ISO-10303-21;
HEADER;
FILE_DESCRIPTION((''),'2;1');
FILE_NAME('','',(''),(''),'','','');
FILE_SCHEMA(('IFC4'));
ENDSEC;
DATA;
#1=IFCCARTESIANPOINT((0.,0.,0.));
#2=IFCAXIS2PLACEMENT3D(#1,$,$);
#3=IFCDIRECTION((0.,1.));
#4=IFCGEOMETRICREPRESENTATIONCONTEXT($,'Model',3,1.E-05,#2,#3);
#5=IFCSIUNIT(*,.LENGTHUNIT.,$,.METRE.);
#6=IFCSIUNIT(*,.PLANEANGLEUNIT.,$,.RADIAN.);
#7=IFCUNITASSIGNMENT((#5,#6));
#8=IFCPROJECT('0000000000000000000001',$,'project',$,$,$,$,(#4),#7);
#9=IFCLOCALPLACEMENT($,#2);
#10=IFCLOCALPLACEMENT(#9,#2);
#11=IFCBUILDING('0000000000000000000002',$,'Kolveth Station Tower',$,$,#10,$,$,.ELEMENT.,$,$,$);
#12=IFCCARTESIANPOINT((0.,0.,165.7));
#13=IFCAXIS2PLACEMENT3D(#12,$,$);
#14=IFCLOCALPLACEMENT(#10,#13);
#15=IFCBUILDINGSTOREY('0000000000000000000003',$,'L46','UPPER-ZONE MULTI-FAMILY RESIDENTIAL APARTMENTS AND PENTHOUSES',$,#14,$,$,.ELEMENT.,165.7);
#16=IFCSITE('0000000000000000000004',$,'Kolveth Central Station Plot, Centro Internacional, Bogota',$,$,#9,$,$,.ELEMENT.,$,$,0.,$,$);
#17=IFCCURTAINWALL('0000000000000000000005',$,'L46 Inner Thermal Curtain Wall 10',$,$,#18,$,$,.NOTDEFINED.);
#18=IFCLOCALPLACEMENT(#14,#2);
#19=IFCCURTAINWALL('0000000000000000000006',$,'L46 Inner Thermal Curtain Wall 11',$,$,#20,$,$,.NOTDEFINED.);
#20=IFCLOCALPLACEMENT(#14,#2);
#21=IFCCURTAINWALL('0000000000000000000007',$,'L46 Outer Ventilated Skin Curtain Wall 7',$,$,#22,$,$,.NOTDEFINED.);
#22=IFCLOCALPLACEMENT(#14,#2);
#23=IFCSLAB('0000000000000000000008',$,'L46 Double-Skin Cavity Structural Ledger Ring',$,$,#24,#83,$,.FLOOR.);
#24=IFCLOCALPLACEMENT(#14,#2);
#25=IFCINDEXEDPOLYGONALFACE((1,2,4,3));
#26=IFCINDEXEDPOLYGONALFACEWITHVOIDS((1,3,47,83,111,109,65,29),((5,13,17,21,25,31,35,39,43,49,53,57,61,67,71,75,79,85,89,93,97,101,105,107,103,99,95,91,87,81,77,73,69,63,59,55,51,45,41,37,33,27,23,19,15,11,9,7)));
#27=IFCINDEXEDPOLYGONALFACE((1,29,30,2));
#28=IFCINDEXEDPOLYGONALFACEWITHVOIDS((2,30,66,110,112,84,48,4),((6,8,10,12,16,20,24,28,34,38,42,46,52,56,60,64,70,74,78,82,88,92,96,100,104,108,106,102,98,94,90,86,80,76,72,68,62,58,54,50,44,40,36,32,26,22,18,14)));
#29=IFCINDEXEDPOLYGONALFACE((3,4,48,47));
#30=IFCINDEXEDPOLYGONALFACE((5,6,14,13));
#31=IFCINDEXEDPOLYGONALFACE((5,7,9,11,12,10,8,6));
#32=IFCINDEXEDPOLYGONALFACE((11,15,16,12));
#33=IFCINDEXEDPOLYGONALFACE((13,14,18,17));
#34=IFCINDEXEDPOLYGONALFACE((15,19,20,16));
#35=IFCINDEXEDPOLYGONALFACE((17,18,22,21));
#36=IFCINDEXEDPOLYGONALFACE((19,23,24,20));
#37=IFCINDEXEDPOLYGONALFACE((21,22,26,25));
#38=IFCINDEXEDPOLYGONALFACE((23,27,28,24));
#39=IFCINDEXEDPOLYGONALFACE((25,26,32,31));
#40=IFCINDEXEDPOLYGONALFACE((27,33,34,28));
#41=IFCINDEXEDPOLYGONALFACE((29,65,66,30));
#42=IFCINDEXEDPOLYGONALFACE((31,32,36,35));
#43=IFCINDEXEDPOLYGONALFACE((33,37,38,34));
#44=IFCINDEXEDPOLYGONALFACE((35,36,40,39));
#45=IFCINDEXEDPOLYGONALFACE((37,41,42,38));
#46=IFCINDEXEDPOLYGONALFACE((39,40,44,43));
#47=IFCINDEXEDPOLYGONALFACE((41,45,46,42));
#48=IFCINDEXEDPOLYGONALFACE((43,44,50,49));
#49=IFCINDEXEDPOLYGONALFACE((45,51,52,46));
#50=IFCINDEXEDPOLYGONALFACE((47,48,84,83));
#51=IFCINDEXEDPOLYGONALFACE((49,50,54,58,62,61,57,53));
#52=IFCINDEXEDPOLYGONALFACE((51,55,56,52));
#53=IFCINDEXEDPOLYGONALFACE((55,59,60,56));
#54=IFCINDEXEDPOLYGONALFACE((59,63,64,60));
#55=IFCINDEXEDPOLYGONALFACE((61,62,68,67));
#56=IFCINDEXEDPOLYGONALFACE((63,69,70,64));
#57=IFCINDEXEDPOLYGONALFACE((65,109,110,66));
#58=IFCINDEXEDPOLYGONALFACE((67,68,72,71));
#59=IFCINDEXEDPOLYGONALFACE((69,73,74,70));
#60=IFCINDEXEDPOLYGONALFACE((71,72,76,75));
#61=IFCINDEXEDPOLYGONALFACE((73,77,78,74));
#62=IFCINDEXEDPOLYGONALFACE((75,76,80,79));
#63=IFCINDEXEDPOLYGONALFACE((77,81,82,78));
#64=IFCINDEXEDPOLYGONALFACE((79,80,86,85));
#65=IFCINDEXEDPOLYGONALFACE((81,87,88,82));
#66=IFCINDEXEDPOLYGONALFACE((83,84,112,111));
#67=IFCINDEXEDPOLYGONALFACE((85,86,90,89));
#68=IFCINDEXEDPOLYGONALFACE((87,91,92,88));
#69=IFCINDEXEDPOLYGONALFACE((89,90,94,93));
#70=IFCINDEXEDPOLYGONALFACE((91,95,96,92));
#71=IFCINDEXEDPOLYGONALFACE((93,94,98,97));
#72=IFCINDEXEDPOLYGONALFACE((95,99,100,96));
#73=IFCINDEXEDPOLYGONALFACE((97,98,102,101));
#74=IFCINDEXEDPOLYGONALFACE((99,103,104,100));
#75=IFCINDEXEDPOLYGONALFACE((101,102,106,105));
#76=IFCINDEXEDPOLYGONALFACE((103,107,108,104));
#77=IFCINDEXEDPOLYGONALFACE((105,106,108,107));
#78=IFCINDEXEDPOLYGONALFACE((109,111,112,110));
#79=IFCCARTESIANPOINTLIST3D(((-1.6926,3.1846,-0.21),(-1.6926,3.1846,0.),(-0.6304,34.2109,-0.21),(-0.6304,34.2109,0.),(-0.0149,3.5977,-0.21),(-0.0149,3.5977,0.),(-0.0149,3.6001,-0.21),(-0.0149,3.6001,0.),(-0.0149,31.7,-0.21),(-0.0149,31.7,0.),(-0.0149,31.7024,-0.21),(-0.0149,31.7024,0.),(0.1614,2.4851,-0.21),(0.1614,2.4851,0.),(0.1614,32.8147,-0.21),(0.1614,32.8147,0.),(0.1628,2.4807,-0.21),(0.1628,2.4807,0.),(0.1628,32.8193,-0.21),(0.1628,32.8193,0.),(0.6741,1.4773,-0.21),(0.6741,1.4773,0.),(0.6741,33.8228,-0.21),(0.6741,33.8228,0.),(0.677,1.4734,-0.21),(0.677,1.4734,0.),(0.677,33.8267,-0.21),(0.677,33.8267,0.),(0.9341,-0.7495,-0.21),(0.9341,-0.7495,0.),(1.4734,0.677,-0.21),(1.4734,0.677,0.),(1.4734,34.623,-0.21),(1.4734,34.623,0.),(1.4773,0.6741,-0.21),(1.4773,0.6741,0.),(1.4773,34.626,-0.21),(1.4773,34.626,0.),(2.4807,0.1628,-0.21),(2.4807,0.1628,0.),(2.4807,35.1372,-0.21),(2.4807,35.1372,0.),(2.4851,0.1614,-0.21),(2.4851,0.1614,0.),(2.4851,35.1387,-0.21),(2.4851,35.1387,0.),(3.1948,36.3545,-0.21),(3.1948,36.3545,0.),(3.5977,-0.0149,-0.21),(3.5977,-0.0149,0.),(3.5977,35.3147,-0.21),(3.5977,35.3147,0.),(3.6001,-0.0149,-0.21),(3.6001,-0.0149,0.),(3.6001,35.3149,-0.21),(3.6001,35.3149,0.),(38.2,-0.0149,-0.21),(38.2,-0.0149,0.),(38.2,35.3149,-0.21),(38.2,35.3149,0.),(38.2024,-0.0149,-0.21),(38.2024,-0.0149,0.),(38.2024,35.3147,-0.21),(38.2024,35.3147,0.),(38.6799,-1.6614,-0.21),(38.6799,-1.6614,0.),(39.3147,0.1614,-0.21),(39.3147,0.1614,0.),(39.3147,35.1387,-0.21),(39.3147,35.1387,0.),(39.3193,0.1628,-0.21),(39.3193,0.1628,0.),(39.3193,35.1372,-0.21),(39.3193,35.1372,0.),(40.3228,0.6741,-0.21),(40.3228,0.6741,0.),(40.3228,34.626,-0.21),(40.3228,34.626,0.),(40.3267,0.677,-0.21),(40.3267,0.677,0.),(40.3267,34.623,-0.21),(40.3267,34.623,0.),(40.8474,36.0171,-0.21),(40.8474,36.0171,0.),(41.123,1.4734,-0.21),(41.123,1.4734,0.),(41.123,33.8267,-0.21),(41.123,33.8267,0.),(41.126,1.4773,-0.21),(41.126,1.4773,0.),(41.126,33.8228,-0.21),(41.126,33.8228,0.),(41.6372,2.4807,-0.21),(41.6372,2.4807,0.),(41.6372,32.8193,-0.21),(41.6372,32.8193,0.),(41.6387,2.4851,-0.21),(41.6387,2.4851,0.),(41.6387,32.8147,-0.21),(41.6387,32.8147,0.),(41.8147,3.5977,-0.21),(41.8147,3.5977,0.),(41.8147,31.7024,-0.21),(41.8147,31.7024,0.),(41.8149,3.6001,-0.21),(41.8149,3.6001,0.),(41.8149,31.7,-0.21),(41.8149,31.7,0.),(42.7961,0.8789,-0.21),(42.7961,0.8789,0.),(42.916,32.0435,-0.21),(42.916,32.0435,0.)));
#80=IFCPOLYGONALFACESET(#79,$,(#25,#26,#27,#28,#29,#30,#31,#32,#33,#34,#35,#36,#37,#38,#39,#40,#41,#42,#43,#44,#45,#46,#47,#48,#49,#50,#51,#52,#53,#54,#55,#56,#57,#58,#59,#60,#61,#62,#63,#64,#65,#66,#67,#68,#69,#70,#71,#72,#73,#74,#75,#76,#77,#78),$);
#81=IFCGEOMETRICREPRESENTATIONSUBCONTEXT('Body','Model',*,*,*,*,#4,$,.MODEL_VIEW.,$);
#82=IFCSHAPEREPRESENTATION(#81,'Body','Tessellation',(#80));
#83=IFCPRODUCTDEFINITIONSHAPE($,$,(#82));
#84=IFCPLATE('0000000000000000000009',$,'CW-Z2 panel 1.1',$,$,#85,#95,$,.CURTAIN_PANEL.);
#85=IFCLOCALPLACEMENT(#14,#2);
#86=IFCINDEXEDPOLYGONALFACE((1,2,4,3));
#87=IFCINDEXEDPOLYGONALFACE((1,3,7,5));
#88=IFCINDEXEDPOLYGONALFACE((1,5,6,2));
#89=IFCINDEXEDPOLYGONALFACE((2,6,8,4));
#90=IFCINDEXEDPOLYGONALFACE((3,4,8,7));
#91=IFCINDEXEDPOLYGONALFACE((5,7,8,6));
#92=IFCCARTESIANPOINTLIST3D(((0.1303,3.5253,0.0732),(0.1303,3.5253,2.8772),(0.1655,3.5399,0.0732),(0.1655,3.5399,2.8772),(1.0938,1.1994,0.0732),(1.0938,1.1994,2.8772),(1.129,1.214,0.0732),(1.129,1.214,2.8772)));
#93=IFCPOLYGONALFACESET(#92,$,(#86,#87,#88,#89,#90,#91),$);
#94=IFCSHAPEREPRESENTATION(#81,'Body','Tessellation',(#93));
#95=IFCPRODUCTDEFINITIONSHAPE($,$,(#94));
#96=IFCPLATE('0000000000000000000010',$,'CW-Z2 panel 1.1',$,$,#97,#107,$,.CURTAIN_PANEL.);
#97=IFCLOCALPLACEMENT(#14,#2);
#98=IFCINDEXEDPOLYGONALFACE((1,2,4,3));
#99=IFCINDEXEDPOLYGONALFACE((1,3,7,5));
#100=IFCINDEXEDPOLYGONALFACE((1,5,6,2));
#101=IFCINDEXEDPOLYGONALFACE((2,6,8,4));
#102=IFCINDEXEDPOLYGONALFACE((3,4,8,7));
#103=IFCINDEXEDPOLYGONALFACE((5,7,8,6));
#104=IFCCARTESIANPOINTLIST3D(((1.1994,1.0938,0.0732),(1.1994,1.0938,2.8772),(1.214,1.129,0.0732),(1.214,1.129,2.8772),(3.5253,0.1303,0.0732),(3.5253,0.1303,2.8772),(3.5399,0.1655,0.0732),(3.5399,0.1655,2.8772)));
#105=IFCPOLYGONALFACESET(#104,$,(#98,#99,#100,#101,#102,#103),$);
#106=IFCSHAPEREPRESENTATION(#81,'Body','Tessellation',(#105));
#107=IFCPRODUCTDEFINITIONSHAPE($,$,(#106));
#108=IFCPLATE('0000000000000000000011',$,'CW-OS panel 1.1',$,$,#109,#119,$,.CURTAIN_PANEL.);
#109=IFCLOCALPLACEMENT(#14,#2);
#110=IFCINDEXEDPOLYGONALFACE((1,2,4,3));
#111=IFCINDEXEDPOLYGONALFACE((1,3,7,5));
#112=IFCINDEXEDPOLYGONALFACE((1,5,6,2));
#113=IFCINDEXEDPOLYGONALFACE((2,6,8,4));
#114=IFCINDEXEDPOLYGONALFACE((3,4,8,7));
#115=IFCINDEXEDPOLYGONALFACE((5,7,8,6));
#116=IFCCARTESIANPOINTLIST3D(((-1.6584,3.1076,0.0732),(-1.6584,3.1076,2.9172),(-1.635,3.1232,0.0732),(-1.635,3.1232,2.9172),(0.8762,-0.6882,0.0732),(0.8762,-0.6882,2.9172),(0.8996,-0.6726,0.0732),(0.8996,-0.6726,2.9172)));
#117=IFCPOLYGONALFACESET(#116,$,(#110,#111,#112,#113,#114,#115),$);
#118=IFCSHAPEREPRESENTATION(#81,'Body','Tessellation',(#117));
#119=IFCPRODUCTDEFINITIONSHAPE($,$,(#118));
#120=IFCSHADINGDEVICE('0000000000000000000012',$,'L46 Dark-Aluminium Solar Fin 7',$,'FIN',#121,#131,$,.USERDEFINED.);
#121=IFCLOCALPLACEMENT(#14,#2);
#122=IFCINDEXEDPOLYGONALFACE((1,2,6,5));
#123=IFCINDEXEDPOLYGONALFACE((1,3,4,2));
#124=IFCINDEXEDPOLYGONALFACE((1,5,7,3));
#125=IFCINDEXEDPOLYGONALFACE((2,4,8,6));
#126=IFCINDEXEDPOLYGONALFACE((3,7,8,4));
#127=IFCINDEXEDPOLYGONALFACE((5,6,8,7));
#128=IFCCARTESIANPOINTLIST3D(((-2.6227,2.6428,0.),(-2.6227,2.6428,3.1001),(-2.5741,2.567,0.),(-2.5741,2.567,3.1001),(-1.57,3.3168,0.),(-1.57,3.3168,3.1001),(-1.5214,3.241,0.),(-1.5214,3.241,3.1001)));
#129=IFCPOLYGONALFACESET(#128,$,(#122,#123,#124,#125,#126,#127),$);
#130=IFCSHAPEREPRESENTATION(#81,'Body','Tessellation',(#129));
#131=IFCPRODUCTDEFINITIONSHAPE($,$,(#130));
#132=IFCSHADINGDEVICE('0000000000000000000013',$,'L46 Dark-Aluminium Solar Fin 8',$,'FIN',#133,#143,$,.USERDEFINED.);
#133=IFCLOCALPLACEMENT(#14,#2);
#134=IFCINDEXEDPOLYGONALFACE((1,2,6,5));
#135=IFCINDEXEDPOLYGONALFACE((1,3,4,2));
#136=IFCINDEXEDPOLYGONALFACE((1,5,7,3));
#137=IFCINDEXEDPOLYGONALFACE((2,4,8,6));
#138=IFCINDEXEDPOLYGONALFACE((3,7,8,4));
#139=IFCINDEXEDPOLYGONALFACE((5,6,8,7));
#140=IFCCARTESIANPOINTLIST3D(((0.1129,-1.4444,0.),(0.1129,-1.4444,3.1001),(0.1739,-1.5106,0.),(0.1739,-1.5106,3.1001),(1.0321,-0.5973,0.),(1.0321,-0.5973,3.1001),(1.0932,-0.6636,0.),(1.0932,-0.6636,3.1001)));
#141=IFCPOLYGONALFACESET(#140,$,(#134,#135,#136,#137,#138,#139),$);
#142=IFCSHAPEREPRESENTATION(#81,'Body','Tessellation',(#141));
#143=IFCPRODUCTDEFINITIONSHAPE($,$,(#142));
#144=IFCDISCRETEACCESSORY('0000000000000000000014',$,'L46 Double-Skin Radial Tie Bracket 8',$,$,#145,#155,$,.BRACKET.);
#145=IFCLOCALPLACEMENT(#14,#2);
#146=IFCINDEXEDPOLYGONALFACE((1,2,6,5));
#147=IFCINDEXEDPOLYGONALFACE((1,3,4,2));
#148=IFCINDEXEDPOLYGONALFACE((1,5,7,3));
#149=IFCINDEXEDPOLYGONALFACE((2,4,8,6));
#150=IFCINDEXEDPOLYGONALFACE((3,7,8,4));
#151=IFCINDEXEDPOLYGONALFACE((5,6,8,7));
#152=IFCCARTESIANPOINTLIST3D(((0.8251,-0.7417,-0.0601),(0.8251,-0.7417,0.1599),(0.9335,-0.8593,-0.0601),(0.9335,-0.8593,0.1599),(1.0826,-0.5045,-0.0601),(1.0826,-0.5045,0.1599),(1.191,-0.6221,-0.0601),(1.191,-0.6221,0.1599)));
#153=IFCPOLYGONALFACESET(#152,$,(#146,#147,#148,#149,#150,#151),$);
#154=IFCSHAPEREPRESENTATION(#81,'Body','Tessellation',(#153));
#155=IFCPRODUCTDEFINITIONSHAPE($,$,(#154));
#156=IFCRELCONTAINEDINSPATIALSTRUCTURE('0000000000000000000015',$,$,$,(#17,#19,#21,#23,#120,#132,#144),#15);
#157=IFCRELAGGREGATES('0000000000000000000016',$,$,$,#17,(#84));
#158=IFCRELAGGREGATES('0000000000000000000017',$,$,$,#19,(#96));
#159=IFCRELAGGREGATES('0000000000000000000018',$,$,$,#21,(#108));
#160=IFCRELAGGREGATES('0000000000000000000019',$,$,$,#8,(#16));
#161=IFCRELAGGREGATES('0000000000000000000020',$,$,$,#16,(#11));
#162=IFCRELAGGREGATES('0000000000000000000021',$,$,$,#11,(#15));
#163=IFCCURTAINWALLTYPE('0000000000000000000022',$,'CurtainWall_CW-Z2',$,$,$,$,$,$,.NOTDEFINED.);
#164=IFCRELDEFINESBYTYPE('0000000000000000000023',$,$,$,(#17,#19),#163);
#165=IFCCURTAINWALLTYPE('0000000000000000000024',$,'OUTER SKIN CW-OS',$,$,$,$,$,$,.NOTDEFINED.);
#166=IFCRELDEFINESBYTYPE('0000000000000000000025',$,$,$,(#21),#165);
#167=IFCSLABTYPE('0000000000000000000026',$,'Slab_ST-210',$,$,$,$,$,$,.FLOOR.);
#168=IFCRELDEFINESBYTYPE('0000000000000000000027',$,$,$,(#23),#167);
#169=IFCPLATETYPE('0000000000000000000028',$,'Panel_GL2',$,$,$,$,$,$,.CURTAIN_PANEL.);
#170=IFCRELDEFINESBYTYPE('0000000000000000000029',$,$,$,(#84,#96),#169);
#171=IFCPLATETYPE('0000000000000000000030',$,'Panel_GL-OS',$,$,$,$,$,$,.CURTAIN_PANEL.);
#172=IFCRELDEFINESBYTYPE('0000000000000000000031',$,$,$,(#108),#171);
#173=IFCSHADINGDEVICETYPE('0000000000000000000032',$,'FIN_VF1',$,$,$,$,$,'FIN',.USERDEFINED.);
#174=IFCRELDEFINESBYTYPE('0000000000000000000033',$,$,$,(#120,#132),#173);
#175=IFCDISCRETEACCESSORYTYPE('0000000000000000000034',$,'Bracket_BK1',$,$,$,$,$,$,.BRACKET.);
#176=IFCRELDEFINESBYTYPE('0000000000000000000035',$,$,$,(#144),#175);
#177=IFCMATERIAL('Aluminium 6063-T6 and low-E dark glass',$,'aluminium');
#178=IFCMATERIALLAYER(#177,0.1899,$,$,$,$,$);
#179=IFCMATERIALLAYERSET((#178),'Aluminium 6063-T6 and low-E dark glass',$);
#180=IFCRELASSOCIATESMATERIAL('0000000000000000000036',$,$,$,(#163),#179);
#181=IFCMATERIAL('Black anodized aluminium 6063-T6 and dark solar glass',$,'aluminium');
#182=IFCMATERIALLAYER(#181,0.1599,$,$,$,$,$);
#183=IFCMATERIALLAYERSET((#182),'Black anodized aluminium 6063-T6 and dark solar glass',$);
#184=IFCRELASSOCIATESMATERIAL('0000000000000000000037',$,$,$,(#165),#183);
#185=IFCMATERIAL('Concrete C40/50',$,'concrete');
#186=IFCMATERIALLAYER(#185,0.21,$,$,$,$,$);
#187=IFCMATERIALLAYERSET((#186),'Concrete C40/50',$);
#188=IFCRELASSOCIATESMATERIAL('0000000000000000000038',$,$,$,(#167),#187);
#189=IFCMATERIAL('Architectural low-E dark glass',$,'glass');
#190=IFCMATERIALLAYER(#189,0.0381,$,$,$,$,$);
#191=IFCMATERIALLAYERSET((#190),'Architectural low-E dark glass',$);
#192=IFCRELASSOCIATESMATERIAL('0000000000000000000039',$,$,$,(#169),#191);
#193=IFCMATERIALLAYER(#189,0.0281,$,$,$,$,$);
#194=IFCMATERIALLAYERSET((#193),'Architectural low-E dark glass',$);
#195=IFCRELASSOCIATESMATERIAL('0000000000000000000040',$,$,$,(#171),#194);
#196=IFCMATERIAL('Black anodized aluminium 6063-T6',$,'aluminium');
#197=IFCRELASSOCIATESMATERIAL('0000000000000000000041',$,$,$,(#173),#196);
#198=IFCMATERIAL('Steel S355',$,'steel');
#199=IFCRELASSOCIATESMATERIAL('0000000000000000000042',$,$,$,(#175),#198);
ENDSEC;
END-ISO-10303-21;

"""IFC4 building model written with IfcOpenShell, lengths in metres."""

from ifc_helpers import new_model, si_unit, direction, frame, origin, origin_2d, place, context, subcontext, project, spatial, polyline, rectangle, outline, extrude, source, transform, mapped, material, layer, layer_set, type_object, element, aggregate, save


model = new_model("IFC4")

# Units and contexts
model_context = context("Model", 3, precision=1e-05, world=origin(), true_north=direction((0.0, 1.0)))
body_context = subcontext(model_context, "Body", "Model", "MODEL_VIEW")
ifc_project = project(units=[si_unit("LENGTHUNIT", "METRE"), si_unit("PLANEANGLEUNIT", "RADIAN")], contexts=[model_context])

# Site, building, storey
site_placement = place(None, origin())
site = spatial("IfcSite", under=ifc_project, at=site_placement, Name="Kolveth Central Station Plot, Centro Internacional, Bogota", CompositionType="ELEMENT", RefElevation=0.0)
building_placement = place(site_placement, origin())
building = spatial("IfcBuilding", under=site, at=building_placement, Name="Kolveth Station Tower", CompositionType="ELEMENT")
storey_placement = place(building_placement, frame((0.0, 0.0, 165.7)))
storey = spatial("IfcBuildingStorey", under=building, at=storey_placement, Name="L46", Description="UPPER-ZONE MULTI-FAMILY RESIDENTIAL APARTMENTS AND PENTHOUSES", CompositionType="ELEMENT", Elevation=165.7)

# Curtain wall
ifc_material_1 = material(Name="Aluminium 6063-T6 and low-E dark glass", Category="aluminium")
ifc_layer_1 = layer(ifc_material_1, 0.1899)
ifc_layer_set_1 = layer_set([ifc_layer_1], Name="Aluminium 6063-T6 and low-E dark glass")
curtain_wall_type_1 = type_object("IfcCurtainWallType", Name="CurtainWall_CW-Z2", PredefinedType="NOTDEFINED", material=ifc_layer_set_1)
curtain_wall_1_placement = place(storey_placement, origin())
curtain_wall_1 = element("IfcCurtainWall", 1, at=curtain_wall_1_placement, inside=storey, type_object=curtain_wall_type_1, Name="L46 Inner Thermal Curtain Wall 10", PredefinedType="NOTDEFINED")
ifc_material_2 = material(Name="Black anodized aluminium 6063-T6", Category="aluminium")

# Curtain wall
curtain_wall_2_placement = place(storey_placement, origin())
curtain_wall_2 = element("IfcCurtainWall", 2, at=curtain_wall_2_placement, inside=storey, type_object=curtain_wall_type_1, Name="L46 Inner Thermal Curtain Wall 11", PredefinedType="NOTDEFINED")

# Curtain wall
ifc_material_3 = material(Name="Black anodized aluminium 6063-T6 and dark solar glass", Category="aluminium")
ifc_layer_2 = layer(ifc_material_3, 0.1599)
ifc_layer_set_2 = layer_set([ifc_layer_2], Name="Black anodized aluminium 6063-T6 and dark solar glass")
curtain_wall_type_2 = type_object("IfcCurtainWallType", Name="OUTER SKIN CW-OS", PredefinedType="NOTDEFINED", material=ifc_layer_set_2)
curtain_wall_3_placement = place(storey_placement, origin())
curtain_wall_3 = element("IfcCurtainWall", 3, at=curtain_wall_3_placement, inside=storey, type_object=curtain_wall_type_2, Name="L46 Outer Ventilated Skin Curtain Wall 7", PredefinedType="NOTDEFINED")

# Shared definitions
ifc_material_4 = material(Name="Concrete C40/50", Category="concrete")

# Slab
ifc_layer_3 = layer(ifc_material_4, 0.21)
ifc_layer_set_3 = layer_set([ifc_layer_3], Name="Concrete C40/50")
slab_type_1 = type_object("IfcSlabType", Name="Slab_ST-210", PredefinedType="FLOOR", material=ifc_layer_set_3)
slab_1_placement = place(storey_placement, frame((0.0, 0.0, -0.21)))
element("IfcSlab", 4, at=slab_1_placement, inside=storey, type_object=slab_type_1, Name="L46 Double-Skin Cavity Structural Ledger Ring", PredefinedType="FLOOR", context=body_context, shape_type="SweptSolid", body=[
    extrude(outline(polyline([(0.9341, -0.7495), (-1.6926, 3.1846), (-0.6304, 34.2109), (3.1948, 36.3545), (40.8474, 36.0171), (42.916, 32.0435), (42.7961, 0.8789), (38.6799, -1.6614), (0.9341, -0.7495)]), holes=[polyline([(38.2024, -0.0149), (39.3147, 0.1614), (39.3193, 0.1628), (40.3228, 0.6741), (40.3267, 0.677), (41.123, 1.4734), (41.126, 1.4773), (41.6372, 2.4807), (41.6387, 2.4851), (41.8147, 3.5977), (41.8149, 3.6001), (41.8149, 31.7), (41.8147, 31.7024), (41.6387, 32.8147), (41.6372, 32.8193), (41.126, 33.8228), (41.123, 33.8267), (40.3267, 34.623), (40.3228, 34.626), (39.3193, 35.1372), (39.3147, 35.1387), (38.2024, 35.3147), (38.2, 35.3149), (3.6001, 35.3149), (3.5977, 35.3147), (2.4851, 35.1387), (2.4807, 35.1372), (1.4773, 34.626), (1.4734, 34.623), (0.677, 33.8267), (0.6741, 33.8228), (0.1628, 32.8193), (0.1614, 32.8147), (-0.0149, 31.7024), (-0.0149, 31.7), (-0.0149, 3.6001), (-0.0149, 3.5977), (0.1614, 2.4851), (0.1628, 2.4807), (0.6741, 1.4773), (0.677, 1.4734), (1.4734, 0.677), (1.4773, 0.6741), (2.4807, 0.1628), (2.4851, 0.1614), (3.5977, -0.0149), (3.6001, -0.0149), (38.2, -0.0149), (38.2024, -0.0149)])]), origin(), (0.0, 0.0, 1.0), 0.21),
])

# Plates
ifc_material_5 = material(Name="Architectural low-E dark glass", Category="glass")
ifc_layer_4 = layer(ifc_material_5, 0.0381)
ifc_layer_set_4 = layer_set([ifc_layer_4], Name="Architectural low-E dark glass")
plate_type_1 = type_object("IfcPlateType", Name="Panel_GL2", PredefinedType="CURTAIN_PANEL", material=ifc_layer_set_4)
shared_shape_1 = source(origin(), body_context, "Body", "SweptSolid", [
    extrude(rectangle(XDim=2.5176, YDim=0.0381, at=origin_2d()), origin(), (0.0, 0.0, 1.0), 2.804),
])
plate_1_placement = place(storey_placement, frame((0.6296, 2.3696, 0.0732), z_axis=(0.0, 0.0, 1.0), x_axis=(0.382698, -0.923874, 0.0)))
plate_1 = element("IfcPlate", 5, at=plate_1_placement, type_object=plate_type_1, Name="CW-Z2 panel 1.1", PredefinedType="CURTAIN_PANEL", context=body_context, shape_type="MappedRepresentation", body=[
    mapped(shared_shape_1, transform((0.0, 0.0, 0.0), x_axis=(1.0, 0.0, 0.0), y_axis=(0.0, 1.0, 0.0), z_axis=(0.0, 0.0, 1.0), scale=1.0)),
])
aggregate(curtain_wall_1, [plate_1])
plate_2_placement = place(storey_placement, frame((2.3696, 0.6296, 0.0732), z_axis=(0.0, 0.0, 1.0), x_axis=(0.923874, -0.382698, 0.0)))
plate_2 = element("IfcPlate", 6, at=plate_2_placement, type_object=plate_type_1, Name="CW-Z2 panel 1.1", PredefinedType="CURTAIN_PANEL", context=body_context, shape_type="MappedRepresentation", body=[
    mapped(shared_shape_1, transform((0.0, 0.0, 0.0), x_axis=(1.0, 0.0, 0.0), y_axis=(0.0, 1.0, 0.0), z_axis=(0.0, 0.0, 1.0), scale=1.0)),
])
aggregate(curtain_wall_2, [plate_2])
ifc_layer_5 = layer(ifc_material_5, 0.0281)
ifc_layer_set_5 = layer_set([ifc_layer_5], Name="Architectural low-E dark glass")
plate_type_2 = type_object("IfcPlateType", Name="Panel_GL-OS", PredefinedType="CURTAIN_PANEL", material=ifc_layer_set_5)
shared_shape_2 = source(origin(), body_context, "Body", "SweptSolid", [
    extrude(rectangle(XDim=4.5642, YDim=0.0281, at=origin_2d()), origin(), (0.0, 0.0, 1.0), 2.844),
])
plate_3_placement = place(storey_placement, frame((-0.3794, 1.2175, 0.0732), z_axis=(0.0, 0.0, 1.0), x_axis=(0.555315, -0.83164, 0.0)))
plate_3 = element("IfcPlate", 7, at=plate_3_placement, type_object=plate_type_2, Name="CW-OS panel 1.1", PredefinedType="CURTAIN_PANEL", context=body_context, shape_type="MappedRepresentation", body=[
    mapped(shared_shape_2, transform((0.0, 0.0, 0.0), x_axis=(1.0, 0.0, 0.0), y_axis=(0.0, 1.0, 0.0), z_axis=(0.0, 0.0, 1.0), scale=1.0)),
])
aggregate(curtain_wall_3, [plate_3])

# Shading devices
shading_device_type = type_object("IfcShadingDeviceType", Name="FIN_VF1", ElementType="FIN", PredefinedType="USERDEFINED", material=ifc_material_2)
shared_shape_3 = source(origin(), body_context, "Body", "SweptSolid", [
    extrude(rectangle(XDim=1.25, YDim=0.0901, at=origin_2d()), origin(), (0.0, 0.0, 1.0), 3.1001),
])
for number, where, z_axis, x_axis, name in (
    (8, (-2.072, 2.9419, 0.0), (0.0, 0.0, 1.0), (-0.84217, -0.539212, 0.0), "L46 Dark-Aluminium Solar Fin 7"),
    (9, (0.603, -1.054, 0.0), (0.0, 0.0, 1.0), (-0.735388, -0.677646, 0.0), "L46 Dark-Aluminium Solar Fin 8"),
):
    element("IfcShadingDevice", number, at=place(storey_placement, frame(where, z_axis=z_axis, x_axis=x_axis)), inside=storey, type_object=shading_device_type, Name=name, ObjectType="FIN", PredefinedType="USERDEFINED", context=body_context, shape_type="MappedRepresentation", body=[
        mapped(shared_shape_3, transform((0.0, 0.0, 0.0), x_axis=(1.0, 0.0, 0.0), y_axis=(0.0, 1.0, 0.0), z_axis=(0.0, 0.0, 1.0), scale=1.0)),
    ])

# Discrete accessory
ifc_material_6 = material(Name="Steel S355", Category="steel")
discrete_accessory_type = type_object("IfcDiscreteAccessoryType", Name="Bracket_BK1", PredefinedType="BRACKET", material=ifc_material_6)
shared_shape_4 = source(origin(), body_context, "Body", "SweptSolid", [
    extrude(rectangle(XDim=0.3501, YDim=0.1599, at=origin_2d()), origin(), (0.0, 0.0, 1.0), 0.22),
])
discrete_accessory_placement = place(storey_placement, frame((1.0081, -0.6819, -0.0601), z_axis=(0.0, 0.0, 1.0), x_axis=(-0.735388, -0.677646, 0.0)))
element("IfcDiscreteAccessory", 10, at=discrete_accessory_placement, inside=storey, type_object=discrete_accessory_type, Name="L46 Double-Skin Radial Tie Bracket 8", PredefinedType="BRACKET", context=body_context, shape_type="MappedRepresentation", body=[
    mapped(shared_shape_4, transform((0.0, 0.0, 0.0), x_axis=(1.0, 0.0, 0.0), y_axis=(0.0, 1.0, 0.0), z_axis=(0.0, 0.0, 1.0), scale=1.0)),
])

save(model, "model.ifc")
